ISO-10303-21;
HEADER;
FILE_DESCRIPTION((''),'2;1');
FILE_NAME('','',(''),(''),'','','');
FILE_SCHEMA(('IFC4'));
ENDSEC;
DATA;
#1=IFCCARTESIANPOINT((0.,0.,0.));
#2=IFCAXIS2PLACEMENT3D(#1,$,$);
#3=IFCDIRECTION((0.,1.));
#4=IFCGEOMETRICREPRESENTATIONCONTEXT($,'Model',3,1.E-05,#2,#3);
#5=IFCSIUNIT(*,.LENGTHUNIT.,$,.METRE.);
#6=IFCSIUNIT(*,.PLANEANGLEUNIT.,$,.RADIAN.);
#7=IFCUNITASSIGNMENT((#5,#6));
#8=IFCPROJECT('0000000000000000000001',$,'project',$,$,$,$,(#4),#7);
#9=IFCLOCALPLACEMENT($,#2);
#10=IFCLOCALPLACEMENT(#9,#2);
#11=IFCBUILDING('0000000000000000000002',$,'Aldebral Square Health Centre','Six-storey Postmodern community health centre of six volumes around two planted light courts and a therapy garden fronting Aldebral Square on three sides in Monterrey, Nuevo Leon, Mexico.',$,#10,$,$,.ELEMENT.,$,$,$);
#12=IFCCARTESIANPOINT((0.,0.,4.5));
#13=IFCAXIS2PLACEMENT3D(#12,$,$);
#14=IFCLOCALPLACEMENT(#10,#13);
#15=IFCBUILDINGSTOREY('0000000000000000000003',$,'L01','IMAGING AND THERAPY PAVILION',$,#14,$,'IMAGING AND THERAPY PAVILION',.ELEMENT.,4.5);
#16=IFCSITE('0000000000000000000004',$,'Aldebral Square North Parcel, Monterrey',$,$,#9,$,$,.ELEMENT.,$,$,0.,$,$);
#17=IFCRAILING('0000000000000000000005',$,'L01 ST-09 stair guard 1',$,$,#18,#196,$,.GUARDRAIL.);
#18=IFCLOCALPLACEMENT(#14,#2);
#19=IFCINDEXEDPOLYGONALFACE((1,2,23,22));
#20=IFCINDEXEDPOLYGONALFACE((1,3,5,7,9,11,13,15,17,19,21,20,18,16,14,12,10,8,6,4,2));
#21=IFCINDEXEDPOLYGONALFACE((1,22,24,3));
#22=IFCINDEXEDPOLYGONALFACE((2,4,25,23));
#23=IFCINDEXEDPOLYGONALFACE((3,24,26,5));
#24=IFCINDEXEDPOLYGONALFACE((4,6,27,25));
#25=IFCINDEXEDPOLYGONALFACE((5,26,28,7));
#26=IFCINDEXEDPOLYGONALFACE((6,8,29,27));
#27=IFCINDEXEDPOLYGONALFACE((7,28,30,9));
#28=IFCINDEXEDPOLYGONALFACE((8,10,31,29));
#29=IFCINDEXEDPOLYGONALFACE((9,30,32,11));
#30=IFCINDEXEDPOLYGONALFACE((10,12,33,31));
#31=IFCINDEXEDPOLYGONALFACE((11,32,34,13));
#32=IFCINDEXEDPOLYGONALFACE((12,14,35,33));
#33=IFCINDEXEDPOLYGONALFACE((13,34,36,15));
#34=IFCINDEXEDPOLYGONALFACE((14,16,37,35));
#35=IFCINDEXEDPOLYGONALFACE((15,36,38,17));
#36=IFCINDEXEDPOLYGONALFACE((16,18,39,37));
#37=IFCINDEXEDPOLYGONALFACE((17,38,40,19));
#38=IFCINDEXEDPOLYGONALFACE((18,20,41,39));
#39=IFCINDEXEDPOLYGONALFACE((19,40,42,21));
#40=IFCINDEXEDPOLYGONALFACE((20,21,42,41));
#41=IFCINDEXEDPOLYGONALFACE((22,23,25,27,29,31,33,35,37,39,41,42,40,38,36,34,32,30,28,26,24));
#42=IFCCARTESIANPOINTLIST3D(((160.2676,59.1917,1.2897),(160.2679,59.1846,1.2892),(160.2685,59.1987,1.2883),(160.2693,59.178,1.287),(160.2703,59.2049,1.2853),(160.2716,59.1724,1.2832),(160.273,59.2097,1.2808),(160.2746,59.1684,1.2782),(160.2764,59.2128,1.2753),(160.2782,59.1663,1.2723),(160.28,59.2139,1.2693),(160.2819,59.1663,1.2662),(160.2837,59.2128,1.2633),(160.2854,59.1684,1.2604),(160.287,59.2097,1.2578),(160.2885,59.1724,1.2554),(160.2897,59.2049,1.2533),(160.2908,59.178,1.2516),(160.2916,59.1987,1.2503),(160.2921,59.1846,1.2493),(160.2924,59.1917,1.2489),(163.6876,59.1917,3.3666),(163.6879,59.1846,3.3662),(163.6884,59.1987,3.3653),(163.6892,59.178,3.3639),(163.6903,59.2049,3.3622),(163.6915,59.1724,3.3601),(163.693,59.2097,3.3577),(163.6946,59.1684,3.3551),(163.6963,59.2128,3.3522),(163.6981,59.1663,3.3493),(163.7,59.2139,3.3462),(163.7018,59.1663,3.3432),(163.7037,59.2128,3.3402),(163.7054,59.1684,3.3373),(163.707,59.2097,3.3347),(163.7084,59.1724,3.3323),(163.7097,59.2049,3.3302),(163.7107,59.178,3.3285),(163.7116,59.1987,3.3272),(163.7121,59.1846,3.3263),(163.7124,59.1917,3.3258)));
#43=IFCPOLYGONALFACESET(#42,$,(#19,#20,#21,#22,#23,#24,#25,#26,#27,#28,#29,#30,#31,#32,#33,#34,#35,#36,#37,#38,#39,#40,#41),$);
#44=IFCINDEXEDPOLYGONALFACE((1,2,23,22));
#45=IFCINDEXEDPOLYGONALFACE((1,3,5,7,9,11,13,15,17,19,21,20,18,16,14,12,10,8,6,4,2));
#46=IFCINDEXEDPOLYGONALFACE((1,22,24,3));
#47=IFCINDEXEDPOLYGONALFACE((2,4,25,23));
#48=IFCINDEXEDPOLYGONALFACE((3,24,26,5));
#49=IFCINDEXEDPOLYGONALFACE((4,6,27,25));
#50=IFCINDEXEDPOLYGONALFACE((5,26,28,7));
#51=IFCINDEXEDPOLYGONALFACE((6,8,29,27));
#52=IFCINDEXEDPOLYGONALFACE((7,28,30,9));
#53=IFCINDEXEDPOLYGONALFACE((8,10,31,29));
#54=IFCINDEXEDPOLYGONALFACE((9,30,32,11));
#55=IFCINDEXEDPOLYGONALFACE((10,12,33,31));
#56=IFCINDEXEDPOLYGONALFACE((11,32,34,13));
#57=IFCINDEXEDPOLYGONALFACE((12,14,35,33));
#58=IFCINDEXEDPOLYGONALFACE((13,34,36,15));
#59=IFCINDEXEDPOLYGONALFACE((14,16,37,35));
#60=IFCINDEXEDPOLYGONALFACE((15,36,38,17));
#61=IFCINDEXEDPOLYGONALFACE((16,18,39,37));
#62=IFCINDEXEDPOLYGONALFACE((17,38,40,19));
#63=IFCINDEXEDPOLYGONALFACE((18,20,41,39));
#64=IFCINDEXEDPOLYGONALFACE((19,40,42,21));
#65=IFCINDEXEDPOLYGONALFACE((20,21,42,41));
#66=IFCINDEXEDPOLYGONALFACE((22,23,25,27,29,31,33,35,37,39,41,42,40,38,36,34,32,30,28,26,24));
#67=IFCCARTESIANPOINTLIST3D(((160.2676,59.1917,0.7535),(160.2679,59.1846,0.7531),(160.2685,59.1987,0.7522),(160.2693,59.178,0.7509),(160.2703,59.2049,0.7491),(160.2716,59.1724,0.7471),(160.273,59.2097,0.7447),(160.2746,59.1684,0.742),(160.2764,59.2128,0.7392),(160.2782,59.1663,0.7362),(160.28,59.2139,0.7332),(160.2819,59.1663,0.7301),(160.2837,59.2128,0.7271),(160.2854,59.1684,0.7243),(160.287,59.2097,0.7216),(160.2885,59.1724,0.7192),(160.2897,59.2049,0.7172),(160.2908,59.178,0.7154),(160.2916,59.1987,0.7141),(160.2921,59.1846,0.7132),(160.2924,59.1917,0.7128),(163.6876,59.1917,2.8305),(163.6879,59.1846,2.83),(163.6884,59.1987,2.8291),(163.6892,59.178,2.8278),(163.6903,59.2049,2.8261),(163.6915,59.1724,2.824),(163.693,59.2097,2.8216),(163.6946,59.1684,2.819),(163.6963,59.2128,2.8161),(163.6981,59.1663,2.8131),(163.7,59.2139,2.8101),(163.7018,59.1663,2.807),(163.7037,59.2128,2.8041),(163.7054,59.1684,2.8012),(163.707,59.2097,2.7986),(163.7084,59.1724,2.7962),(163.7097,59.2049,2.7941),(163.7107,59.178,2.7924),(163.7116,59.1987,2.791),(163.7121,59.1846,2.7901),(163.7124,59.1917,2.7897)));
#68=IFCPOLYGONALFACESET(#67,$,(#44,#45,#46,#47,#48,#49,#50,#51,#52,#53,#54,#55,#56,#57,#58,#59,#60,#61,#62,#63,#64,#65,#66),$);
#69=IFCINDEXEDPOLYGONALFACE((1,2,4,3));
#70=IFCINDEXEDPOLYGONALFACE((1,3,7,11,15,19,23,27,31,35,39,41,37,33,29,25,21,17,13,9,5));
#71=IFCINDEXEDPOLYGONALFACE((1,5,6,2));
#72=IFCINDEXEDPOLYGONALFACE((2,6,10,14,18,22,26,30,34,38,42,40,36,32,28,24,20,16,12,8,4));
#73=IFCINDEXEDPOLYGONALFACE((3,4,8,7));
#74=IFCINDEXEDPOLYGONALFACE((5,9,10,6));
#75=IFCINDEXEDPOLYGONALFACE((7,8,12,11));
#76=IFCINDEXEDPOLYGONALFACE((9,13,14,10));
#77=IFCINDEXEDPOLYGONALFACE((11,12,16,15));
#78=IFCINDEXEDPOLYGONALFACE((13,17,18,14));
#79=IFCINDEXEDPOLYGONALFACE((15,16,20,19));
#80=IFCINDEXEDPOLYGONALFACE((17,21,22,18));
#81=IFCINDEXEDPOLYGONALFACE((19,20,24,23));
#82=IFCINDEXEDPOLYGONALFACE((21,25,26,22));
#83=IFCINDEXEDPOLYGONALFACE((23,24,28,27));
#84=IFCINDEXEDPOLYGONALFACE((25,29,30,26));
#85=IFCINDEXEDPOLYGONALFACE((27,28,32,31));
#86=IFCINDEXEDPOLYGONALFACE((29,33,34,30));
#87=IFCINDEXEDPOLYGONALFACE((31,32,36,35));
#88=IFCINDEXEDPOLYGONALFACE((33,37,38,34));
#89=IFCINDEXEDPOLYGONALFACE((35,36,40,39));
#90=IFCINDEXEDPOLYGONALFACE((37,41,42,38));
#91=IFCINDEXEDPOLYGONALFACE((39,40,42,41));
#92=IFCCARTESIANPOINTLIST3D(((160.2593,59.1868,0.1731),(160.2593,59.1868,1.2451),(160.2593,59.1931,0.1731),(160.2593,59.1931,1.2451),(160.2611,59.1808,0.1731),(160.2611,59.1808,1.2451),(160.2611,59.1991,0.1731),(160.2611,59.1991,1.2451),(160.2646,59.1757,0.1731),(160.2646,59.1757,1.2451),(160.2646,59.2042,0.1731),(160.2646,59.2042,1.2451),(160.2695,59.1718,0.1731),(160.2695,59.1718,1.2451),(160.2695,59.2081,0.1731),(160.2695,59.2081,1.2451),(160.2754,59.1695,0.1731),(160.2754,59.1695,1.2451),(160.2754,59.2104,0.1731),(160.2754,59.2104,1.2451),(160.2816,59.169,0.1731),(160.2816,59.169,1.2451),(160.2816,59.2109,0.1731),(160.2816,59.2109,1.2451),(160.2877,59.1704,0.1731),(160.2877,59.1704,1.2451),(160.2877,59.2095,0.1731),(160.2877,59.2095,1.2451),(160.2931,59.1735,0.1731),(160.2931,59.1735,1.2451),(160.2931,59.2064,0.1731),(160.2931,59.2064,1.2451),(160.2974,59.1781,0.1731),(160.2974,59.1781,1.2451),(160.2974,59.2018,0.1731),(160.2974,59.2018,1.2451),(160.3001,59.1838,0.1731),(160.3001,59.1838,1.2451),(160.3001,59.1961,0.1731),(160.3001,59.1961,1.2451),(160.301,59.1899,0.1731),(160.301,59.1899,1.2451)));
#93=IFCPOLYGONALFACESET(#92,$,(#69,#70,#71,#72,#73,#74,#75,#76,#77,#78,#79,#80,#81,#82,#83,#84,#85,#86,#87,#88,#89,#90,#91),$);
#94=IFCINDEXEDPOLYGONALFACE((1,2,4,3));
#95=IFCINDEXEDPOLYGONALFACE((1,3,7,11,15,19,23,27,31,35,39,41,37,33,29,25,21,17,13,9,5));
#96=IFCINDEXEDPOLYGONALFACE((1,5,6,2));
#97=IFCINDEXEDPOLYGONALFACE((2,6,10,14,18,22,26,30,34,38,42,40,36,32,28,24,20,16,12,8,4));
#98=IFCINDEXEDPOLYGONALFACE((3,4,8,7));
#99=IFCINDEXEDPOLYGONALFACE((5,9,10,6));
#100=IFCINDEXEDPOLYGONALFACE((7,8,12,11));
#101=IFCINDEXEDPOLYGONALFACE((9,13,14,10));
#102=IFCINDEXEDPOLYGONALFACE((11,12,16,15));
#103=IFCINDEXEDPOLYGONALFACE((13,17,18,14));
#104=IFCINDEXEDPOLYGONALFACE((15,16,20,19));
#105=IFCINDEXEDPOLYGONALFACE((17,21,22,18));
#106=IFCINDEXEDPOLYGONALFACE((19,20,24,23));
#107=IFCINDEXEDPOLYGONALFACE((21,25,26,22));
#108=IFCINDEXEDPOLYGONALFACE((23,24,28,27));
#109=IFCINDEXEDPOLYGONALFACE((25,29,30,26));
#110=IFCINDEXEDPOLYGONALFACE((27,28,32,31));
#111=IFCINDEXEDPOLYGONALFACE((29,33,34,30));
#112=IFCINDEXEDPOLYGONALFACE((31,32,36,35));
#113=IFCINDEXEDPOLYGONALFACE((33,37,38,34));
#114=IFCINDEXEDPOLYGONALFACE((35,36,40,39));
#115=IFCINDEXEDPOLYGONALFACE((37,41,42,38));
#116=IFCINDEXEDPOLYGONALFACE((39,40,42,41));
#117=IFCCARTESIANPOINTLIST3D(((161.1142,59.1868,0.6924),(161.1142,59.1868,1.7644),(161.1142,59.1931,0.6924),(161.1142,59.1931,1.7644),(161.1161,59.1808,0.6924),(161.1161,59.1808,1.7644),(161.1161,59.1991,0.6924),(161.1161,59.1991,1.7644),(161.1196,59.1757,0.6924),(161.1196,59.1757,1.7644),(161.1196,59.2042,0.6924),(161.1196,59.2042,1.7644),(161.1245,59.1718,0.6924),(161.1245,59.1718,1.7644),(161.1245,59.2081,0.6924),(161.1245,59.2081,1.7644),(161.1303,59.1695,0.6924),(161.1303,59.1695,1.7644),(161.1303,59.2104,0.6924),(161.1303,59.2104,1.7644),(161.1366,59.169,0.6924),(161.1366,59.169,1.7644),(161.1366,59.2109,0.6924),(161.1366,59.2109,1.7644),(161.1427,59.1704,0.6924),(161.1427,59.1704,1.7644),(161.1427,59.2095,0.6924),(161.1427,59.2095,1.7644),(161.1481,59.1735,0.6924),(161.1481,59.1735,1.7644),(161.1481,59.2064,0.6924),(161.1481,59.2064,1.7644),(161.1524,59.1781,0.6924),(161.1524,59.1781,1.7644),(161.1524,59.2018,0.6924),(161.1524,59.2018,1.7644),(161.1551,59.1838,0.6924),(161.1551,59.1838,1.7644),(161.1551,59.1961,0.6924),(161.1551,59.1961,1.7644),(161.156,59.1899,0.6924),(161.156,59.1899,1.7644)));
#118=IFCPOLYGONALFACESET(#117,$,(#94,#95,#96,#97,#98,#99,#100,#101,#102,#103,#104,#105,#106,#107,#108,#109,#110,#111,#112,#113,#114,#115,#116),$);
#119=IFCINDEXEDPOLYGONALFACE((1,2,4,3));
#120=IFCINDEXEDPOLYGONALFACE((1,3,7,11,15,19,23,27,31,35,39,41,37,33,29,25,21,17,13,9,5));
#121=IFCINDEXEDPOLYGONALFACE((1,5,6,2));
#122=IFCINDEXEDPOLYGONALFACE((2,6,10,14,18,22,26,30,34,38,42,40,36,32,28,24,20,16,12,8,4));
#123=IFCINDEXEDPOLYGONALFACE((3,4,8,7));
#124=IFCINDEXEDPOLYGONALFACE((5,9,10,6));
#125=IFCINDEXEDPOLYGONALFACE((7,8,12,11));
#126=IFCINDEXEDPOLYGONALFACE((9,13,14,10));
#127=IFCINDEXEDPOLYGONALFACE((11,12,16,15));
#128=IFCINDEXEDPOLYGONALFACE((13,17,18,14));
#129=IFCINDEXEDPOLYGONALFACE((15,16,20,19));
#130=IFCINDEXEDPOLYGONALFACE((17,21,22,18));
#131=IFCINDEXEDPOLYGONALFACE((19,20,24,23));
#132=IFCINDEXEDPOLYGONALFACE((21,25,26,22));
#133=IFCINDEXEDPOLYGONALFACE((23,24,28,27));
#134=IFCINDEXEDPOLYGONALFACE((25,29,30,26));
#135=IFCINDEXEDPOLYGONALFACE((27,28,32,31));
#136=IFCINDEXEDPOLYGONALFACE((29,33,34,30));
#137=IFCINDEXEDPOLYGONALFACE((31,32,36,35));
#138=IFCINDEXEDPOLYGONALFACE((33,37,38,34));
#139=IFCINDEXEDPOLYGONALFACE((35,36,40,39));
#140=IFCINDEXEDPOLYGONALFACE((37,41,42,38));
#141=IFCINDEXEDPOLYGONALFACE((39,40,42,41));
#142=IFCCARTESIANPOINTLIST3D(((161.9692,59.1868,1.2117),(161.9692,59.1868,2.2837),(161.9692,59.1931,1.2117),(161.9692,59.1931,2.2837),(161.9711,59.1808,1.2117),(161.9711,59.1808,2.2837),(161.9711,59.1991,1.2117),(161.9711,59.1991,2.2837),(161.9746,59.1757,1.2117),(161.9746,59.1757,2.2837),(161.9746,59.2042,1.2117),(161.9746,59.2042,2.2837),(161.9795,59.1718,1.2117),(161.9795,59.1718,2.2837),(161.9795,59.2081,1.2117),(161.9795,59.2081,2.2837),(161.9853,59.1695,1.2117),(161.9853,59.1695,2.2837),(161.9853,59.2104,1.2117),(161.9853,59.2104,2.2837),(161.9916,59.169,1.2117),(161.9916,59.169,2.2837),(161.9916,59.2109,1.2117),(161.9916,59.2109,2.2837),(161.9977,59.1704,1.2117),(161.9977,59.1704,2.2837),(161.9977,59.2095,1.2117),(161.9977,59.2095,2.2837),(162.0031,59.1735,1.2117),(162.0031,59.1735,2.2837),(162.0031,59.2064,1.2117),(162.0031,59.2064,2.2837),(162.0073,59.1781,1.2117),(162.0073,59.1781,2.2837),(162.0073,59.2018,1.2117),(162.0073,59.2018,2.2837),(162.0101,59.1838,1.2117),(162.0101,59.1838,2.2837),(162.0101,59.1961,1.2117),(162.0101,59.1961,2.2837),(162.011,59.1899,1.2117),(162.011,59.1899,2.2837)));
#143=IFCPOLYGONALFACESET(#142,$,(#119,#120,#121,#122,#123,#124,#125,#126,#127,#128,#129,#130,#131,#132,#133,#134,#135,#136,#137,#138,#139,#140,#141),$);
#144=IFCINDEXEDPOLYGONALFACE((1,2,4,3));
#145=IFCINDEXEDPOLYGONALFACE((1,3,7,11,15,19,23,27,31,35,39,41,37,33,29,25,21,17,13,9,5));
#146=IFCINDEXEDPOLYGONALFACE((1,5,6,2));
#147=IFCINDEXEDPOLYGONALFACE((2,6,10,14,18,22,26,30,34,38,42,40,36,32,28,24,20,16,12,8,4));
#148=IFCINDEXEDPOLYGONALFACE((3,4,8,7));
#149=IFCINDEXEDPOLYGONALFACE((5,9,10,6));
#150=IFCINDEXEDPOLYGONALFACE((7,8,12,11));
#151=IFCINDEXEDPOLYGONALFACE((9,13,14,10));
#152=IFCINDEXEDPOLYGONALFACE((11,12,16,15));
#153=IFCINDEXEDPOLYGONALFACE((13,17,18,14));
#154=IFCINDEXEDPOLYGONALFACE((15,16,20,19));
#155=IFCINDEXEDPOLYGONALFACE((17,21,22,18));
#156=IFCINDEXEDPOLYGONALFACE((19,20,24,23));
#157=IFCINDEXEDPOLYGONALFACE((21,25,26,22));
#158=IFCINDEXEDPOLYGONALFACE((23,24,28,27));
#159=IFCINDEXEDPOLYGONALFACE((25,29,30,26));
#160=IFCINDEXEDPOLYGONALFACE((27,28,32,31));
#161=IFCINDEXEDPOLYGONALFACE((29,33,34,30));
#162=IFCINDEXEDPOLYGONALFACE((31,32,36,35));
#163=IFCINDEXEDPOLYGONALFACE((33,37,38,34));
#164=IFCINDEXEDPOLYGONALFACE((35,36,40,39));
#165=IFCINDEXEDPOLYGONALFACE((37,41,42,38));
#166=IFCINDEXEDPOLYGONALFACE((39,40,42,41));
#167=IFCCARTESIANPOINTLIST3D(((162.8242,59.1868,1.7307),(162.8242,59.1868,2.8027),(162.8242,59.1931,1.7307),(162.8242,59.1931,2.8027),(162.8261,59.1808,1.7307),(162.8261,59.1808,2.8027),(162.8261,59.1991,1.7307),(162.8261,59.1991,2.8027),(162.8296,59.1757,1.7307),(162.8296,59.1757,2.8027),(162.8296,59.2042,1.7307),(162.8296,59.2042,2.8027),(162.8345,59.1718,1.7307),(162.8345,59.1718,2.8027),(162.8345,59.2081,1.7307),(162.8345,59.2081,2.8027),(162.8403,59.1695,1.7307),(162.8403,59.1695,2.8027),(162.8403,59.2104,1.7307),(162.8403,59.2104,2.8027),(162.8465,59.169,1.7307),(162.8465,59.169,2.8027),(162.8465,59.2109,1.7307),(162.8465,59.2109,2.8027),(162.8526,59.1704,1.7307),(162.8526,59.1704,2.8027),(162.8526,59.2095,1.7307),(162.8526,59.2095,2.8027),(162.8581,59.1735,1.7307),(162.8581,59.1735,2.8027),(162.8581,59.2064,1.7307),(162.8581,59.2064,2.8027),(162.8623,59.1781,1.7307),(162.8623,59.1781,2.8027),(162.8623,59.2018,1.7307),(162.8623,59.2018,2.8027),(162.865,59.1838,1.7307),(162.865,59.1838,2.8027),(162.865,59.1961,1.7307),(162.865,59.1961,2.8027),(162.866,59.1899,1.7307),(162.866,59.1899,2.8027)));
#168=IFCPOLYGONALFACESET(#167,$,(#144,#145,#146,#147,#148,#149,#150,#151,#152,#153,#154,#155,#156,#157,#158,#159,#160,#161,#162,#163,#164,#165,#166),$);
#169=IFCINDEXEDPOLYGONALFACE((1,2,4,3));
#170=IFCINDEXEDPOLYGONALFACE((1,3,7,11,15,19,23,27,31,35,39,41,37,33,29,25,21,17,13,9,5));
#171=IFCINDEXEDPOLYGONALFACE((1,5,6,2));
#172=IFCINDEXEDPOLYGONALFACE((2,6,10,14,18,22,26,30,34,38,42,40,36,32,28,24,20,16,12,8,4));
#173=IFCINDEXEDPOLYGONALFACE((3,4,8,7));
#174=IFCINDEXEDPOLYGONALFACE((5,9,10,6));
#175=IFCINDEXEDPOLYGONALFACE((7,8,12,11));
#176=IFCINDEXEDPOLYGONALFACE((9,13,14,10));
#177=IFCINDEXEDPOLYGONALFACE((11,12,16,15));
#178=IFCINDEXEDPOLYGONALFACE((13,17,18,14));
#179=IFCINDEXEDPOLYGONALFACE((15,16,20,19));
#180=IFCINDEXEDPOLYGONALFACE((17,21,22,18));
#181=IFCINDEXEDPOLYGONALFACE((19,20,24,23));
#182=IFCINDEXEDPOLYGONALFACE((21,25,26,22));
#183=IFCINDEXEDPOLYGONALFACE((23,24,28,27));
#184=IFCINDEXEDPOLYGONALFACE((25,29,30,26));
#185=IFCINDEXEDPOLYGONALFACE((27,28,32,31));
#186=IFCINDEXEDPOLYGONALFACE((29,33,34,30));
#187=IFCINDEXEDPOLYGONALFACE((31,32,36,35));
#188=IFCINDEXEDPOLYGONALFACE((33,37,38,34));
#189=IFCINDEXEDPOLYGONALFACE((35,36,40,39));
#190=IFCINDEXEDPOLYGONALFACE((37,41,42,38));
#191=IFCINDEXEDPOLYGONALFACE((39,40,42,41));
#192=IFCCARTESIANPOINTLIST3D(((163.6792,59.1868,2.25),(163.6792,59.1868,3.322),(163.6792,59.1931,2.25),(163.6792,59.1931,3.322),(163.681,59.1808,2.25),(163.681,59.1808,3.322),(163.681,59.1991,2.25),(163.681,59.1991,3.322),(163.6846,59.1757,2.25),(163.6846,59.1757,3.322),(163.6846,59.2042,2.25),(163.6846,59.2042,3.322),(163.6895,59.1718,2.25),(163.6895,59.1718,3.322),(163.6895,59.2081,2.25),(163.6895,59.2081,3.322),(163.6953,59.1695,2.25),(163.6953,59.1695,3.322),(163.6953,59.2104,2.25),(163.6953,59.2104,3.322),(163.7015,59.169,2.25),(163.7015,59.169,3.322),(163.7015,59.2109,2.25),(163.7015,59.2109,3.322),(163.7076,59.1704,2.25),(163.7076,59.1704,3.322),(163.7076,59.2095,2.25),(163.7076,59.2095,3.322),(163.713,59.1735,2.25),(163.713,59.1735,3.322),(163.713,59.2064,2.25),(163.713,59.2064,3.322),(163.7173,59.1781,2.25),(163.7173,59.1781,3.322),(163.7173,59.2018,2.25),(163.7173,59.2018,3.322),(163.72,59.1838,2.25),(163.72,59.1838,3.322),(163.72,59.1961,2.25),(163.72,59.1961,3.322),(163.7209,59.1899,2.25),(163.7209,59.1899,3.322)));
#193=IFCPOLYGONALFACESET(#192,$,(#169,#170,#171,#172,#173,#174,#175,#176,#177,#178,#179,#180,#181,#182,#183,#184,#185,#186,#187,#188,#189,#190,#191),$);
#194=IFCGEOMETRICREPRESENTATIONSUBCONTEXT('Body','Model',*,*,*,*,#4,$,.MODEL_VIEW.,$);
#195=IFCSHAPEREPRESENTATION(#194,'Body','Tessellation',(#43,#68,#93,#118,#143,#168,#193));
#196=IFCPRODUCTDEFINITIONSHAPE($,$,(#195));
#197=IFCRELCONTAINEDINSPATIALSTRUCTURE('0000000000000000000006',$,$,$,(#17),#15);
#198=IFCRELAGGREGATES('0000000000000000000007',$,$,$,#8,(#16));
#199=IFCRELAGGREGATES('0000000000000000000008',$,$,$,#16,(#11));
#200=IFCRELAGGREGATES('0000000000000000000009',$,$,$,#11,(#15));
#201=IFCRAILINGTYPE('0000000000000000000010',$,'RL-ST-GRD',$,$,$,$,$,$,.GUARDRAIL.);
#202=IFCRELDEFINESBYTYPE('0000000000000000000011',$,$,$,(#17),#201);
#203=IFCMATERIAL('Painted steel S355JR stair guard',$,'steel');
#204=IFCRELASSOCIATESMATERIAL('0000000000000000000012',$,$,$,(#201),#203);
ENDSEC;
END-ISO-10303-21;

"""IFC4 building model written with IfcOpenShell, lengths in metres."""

from ifc_helpers import new_model, si_unit, direction, frame, origin, origin_2d, place, context, subcontext, project, spatial, circle, extrude, material, type_object, element, save


model = new_model("IFC4")

# Units and contexts
model_context = context("Model", 3, precision=1e-05, world=origin(), true_north=direction((0.0, 1.0)))
body_context = subcontext(model_context, "Body", "Model", "MODEL_VIEW")
ifc_project = project(units=[si_unit("LENGTHUNIT", "METRE"), si_unit("PLANEANGLEUNIT", "RADIAN")], contexts=[model_context])

# Site, building, storey
site_placement = place(None, origin())
site = spatial("IfcSite", under=ifc_project, at=site_placement, Name="Aldebral Square North Parcel, Monterrey", CompositionType="ELEMENT", RefElevation=0.0)
building_placement = place(site_placement, origin())
building = spatial("IfcBuilding", under=site, at=building_placement, Name="Aldebral Square Health Centre", Description="Six-storey Postmodern community health centre of six volumes around two planted light courts and a therapy garden fronting Aldebral Square on three sides in Monterrey, Nuevo Leon, Mexico.", CompositionType="ELEMENT")
storey_placement = place(building_placement, frame((0.0, 0.0, 4.5)))
storey = spatial("IfcBuildingStorey", under=building, at=storey_placement, Name="L01", Description="IMAGING AND THERAPY PAVILION", LongName="IMAGING AND THERAPY PAVILION", CompositionType="ELEMENT", Elevation=4.5)

# Railing
ifc_material_1 = material(Name="Painted steel S355JR stair guard", Category="steel")
railing_type_1 = type_object("IfcRailingType", Name="RL-ST-GRD", PredefinedType="GUARDRAIL", material=ifc_material_1)
railing_1_placement = place(storey_placement, frame((160.28, 59.1899, 0.1731)))
element("IfcRailing", 1, at=railing_1_placement, inside=storey, type_object=railing_type_1, Name="L01 ST-09 stair guard 1", PredefinedType="GUARDRAIL", context=body_context, shape_type="SweptSolid", body=[
    extrude(circle(Radius=0.0239, at=origin_2d()), frame((0.0, 0.0, 1.0962), z_axis=(0.85473, 0.0, 0.519074), x_axis=(0.0, 1.0, 0.0)), (0.0, 0.0, 1.0), 4.0012),
    extrude(circle(Radius=0.0239, at=origin_2d()), frame((0.0, 0.0, 0.5601), z_axis=(0.85473, 0.0, 0.519074), x_axis=(0.0, 1.0, 0.0)), (0.0, 0.0, 1.0), 4.0012),
    extrude(circle(Radius=0.021, at=origin_2d()), origin(), (0.0, 0.0, 1.0), 1.072),
    extrude(circle(Radius=0.021, at=origin_2d()), frame((0.855, 0.0, 0.5193)), (0.0, 0.0, 1.0), 1.072),
    extrude(circle(Radius=0.021, at=origin_2d()), frame((1.71, 0.0, 1.0386)), (0.0, 0.0, 1.0), 1.072),
    extrude(circle(Radius=0.021, at=origin_2d()), frame((2.5649, 0.0, 1.5576)), (0.0, 0.0, 1.0), 1.072),
    extrude(circle(Radius=0.021, at=origin_2d()), frame((3.4199, 0.0, 2.0769)), (0.0, 0.0, 1.0), 1.072),
])

save(model, "model.ifc")
